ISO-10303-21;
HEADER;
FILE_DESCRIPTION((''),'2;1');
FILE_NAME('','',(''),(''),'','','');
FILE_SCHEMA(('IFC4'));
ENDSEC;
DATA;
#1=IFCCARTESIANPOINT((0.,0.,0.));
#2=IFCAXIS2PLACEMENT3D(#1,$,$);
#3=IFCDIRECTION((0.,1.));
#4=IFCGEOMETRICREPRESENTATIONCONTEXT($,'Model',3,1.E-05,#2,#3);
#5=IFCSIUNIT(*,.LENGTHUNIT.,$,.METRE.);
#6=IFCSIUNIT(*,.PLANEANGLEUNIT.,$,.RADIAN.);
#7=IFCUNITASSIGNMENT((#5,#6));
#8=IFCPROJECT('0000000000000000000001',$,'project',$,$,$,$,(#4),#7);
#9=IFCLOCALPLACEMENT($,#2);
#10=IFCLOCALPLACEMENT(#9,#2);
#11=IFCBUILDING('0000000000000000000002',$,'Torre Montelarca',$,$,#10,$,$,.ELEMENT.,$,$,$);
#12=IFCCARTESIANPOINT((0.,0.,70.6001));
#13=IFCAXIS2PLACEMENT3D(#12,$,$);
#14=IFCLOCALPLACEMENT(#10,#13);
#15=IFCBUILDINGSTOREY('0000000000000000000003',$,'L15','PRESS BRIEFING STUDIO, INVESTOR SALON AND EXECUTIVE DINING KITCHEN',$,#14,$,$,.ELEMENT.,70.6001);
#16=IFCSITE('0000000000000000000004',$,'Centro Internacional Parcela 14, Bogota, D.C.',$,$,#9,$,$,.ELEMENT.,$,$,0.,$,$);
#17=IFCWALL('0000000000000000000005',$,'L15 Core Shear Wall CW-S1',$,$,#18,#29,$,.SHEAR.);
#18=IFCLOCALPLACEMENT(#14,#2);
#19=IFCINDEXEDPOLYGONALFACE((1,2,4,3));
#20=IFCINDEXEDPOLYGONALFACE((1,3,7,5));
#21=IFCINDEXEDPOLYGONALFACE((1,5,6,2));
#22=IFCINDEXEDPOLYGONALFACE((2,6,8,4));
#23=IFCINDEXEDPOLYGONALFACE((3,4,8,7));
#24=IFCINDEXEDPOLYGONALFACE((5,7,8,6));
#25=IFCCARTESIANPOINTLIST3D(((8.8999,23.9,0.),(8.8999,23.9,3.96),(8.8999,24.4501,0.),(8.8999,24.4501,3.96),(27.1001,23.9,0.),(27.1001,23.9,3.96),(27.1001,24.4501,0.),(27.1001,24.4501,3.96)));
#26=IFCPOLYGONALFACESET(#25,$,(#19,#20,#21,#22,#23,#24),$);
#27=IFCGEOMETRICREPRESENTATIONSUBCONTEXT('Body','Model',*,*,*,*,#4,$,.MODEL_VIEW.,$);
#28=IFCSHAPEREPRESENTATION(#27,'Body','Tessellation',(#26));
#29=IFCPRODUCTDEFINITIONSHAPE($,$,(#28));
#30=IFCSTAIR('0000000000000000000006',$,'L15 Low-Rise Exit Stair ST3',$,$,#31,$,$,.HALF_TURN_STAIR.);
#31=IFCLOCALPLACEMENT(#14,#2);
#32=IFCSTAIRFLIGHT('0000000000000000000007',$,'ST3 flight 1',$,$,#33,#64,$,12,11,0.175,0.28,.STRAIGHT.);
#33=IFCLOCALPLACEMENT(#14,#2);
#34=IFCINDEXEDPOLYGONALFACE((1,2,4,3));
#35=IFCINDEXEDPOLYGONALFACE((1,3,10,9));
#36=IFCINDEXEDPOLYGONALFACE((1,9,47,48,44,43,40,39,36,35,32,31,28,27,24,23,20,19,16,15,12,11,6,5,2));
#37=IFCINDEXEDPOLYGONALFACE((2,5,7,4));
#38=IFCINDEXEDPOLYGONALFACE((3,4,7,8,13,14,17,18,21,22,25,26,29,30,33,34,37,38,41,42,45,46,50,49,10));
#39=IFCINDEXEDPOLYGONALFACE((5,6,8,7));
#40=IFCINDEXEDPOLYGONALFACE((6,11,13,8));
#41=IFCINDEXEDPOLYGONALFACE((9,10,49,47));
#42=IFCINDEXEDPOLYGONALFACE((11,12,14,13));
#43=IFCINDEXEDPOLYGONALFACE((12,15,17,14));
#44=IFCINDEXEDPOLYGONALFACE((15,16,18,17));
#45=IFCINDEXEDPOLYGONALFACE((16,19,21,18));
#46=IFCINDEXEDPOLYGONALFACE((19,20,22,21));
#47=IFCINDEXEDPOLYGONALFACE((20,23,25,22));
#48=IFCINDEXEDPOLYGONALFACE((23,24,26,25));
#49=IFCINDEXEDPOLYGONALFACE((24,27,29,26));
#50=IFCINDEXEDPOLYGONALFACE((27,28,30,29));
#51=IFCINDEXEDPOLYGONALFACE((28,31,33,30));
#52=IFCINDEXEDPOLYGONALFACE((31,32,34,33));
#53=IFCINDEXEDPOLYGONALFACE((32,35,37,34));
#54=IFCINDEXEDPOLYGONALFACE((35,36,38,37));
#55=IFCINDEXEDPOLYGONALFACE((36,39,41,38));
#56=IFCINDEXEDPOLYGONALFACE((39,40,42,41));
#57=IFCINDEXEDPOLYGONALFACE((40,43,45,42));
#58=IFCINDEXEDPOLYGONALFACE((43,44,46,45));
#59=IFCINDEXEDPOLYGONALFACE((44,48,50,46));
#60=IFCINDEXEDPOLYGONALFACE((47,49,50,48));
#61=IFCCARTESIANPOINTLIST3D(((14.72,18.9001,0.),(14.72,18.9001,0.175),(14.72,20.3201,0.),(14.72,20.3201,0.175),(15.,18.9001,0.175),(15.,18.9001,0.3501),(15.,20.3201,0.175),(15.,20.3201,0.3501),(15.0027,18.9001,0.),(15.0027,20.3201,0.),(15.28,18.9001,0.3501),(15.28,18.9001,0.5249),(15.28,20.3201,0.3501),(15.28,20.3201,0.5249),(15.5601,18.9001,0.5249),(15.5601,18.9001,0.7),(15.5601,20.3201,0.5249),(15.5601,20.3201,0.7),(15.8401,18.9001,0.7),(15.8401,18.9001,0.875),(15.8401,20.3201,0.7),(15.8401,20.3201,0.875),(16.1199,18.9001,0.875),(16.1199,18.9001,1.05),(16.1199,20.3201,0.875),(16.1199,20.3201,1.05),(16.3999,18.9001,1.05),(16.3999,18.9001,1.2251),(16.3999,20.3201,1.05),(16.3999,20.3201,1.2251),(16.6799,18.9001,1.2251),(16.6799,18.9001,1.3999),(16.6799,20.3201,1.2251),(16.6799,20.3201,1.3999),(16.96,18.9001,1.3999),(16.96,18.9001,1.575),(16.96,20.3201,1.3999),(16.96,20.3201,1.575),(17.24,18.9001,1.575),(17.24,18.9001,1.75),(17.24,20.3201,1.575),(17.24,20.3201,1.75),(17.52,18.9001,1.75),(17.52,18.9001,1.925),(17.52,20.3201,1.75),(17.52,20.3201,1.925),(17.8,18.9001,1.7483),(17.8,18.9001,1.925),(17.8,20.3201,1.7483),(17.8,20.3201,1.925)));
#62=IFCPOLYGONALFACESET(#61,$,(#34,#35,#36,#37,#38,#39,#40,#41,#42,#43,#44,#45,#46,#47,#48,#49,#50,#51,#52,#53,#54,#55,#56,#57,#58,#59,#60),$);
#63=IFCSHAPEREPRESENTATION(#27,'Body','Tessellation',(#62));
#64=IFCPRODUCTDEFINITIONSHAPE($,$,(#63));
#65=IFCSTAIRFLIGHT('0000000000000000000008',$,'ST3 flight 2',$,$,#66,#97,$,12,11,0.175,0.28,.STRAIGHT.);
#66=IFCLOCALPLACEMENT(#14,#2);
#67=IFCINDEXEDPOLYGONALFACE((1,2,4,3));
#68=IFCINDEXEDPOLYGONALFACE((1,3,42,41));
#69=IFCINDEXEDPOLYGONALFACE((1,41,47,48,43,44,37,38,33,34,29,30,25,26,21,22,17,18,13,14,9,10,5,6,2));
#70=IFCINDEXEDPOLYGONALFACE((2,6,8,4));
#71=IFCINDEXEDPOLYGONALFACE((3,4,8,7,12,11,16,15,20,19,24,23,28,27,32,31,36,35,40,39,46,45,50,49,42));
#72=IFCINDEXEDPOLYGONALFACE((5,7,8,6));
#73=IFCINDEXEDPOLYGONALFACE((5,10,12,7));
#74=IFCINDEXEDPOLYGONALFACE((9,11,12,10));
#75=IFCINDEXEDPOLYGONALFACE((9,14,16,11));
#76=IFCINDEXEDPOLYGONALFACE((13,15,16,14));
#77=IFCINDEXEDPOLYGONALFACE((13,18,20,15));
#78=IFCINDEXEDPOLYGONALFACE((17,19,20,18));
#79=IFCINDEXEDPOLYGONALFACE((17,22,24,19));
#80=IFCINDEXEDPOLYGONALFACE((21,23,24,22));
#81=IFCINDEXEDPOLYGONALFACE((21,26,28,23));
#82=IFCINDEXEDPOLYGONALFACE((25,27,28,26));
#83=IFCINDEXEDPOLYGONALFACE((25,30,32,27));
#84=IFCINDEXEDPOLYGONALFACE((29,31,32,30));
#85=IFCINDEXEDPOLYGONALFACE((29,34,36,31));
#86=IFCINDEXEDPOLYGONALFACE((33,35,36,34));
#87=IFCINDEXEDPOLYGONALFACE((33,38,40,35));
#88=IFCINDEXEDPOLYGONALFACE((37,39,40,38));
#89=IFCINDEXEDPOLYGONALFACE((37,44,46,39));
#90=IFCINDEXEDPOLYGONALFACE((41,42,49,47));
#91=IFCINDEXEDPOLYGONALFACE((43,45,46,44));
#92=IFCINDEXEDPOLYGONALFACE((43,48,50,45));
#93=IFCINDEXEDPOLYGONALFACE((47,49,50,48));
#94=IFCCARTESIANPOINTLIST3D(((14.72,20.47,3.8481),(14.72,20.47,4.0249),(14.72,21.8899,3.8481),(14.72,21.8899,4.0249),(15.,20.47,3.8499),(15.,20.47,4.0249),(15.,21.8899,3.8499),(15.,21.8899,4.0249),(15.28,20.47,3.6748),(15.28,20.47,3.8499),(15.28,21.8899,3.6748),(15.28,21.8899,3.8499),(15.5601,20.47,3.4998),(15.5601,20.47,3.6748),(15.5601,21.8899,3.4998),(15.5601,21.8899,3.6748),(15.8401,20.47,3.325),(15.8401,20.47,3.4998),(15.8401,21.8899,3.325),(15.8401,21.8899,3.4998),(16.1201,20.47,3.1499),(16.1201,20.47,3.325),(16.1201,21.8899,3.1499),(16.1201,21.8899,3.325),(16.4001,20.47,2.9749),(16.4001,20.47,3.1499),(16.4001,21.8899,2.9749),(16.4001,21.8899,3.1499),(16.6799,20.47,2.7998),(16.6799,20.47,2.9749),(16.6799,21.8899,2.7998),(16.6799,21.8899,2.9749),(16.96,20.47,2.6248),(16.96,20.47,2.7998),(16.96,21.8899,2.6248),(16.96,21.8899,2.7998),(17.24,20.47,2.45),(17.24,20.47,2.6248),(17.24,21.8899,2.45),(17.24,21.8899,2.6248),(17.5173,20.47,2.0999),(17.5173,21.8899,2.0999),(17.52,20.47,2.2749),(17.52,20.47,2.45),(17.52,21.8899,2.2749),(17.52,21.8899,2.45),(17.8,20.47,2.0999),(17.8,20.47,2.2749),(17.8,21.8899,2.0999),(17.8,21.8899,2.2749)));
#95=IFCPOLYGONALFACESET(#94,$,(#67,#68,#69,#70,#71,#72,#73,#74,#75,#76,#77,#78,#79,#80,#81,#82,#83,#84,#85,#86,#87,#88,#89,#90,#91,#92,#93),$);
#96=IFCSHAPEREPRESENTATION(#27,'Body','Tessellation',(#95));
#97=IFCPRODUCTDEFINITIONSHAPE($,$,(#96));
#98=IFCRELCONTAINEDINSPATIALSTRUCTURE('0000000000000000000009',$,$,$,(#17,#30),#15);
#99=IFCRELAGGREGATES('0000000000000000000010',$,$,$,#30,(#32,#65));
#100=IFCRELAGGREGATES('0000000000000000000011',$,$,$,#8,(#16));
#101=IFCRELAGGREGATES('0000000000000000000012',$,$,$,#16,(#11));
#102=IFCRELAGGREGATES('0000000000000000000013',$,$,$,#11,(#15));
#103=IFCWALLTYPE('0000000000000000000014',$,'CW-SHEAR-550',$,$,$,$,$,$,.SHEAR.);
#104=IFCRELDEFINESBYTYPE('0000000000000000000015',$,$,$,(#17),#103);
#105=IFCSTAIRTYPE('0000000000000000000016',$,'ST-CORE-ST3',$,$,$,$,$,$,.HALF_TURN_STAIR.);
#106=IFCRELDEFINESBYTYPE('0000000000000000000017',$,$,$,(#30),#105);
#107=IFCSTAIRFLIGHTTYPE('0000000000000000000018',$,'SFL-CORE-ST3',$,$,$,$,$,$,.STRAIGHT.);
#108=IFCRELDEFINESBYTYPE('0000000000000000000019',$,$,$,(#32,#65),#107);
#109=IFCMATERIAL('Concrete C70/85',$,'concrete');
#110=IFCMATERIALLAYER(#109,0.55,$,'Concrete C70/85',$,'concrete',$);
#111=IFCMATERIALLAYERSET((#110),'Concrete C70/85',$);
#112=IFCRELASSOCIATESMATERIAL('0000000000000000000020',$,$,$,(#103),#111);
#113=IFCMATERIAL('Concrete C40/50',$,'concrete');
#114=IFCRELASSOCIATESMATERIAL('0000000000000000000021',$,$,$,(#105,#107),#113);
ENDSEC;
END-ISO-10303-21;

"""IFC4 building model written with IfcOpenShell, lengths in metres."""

from ifc_helpers import new_model, si_unit, direction, frame, frame_2d, origin, place, context, subcontext, project, spatial, polyline, rectangle, outline, extrude, material, layer, layer_set, type_object, element, aggregate, save


model = new_model("IFC4")

# Units and contexts
model_context = context("Model", 3, precision=1e-05, world=origin(), true_north=direction((0.0, 1.0)))
body_context = subcontext(model_context, "Body", "Model", "MODEL_VIEW")
ifc_project = project(units=[si_unit("LENGTHUNIT", "METRE"), si_unit("PLANEANGLEUNIT", "RADIAN")], contexts=[model_context])

# Site, building, storey
site_placement = place(None, origin())
site = spatial("IfcSite", under=ifc_project, at=site_placement, Name="Centro Internacional Parcela 14, Bogota, D.C.", CompositionType="ELEMENT", RefElevation=0.0)
building_placement = place(site_placement, origin())
building = spatial("IfcBuilding", under=site, at=building_placement, Name="Torre Montelarca", CompositionType="ELEMENT")
storey_placement = place(building_placement, frame((0.0, 0.0, 70.6001)))
storey = spatial("IfcBuildingStorey", under=building, at=storey_placement, Name="L15", Description="PRESS BRIEFING STUDIO, INVESTOR SALON AND EXECUTIVE DINING KITCHEN", CompositionType="ELEMENT", Elevation=70.6001)

# Shared definitions
ifc_material_1 = material(Name="Concrete C70/85", Category="concrete")

# Shared definitions
ifc_material_2 = material(Name="Concrete C40/50", Category="concrete")

# Wall
ifc_layer_1 = layer(ifc_material_1, 0.55, Name="Concrete C70/85", Category="concrete")
ifc_layer_set_1 = layer_set([ifc_layer_1], Name="Concrete C70/85")
wall_type_1 = type_object("IfcWallType", Name="CW-SHEAR-550", PredefinedType="SHEAR", material=ifc_layer_set_1)
wall_1_placement = place(storey_placement, frame((8.8999, 24.175, 0.0), z_axis=(0.0, 0.0, 1.0), x_axis=(1.0, 0.0, 0.0)))
element("IfcWall", 1, at=wall_1_placement, inside=storey, type_object=wall_type_1, Name="L15 Core Shear Wall CW-S1", PredefinedType="SHEAR", context=body_context, shape_type="SweptSolid", body=[
    extrude(rectangle(XDim=18.2002, YDim=0.55, at=frame_2d((9.1001, 0.0))), origin(), (0.0, 0.0, 1.0), 3.96),
])

# Stair, stair flights
stair_type = type_object("IfcStairType", Name="ST-CORE-ST3", PredefinedType="HALF_TURN_STAIR", material=ifc_material_2)
stair_placement = place(storey_placement, origin())
stair = element("IfcStair", 2, at=stair_placement, inside=storey, type_object=stair_type, Name="L15 Low-Rise Exit Stair ST3", PredefinedType="HALF_TURN_STAIR")
stair_flight_type = type_object("IfcStairFlightType", Name="SFL-CORE-ST3", PredefinedType="STRAIGHT", material=ifc_material_2)
stair_flight_1_placement = place(storey_placement, frame((14.72, 19.6101, 0.0), z_axis=(0.0, 0.0, 1.0), x_axis=(1.0, 0.0, 0.0)))
stair_flight_1 = element("IfcStairFlight", 3, at=stair_flight_1_placement, type_object=stair_flight_type, Name="ST3 flight 1", NumberOfRisers=12, NumberOfTreads=11, PredefinedType="STRAIGHT", RiserHeight=0.175, TreadLength=0.28, context=body_context, shape_type="SweptSolid", body=[
    extrude(outline(polyline([(0.0, 0.0), (0.0, 0.175), (0.28, 0.175), (0.28, 0.3501), (0.5601, 0.3501), (0.5601, 0.5249), (0.8401, 0.5249), (0.8401, 0.7), (1.1201, 0.7), (1.1201, 0.875), (1.3999, 0.875), (1.3999, 1.05), (1.6799, 1.05), (1.6799, 1.2251), (1.96, 1.2251), (1.96, 1.3999), (2.24, 1.3999), (2.24, 1.575), (2.52, 1.575), (2.52, 1.75), (2.8, 1.75), (2.8, 1.925), (3.0801, 1.925), (3.0801, 2.1001), (3.0801, 1.7483), (0.2827, 0.0), (0.0, 0.0)])), frame((0.0, 0.71, 0.0), z_axis=(0.0, -1.0, 0.0), x_axis=(1.0, 0.0, 0.0)), (0.0, 0.0, 1.0), 1.4199),
])
stair_flight_2_placement = place(storey_placement, frame((17.8, 21.1799, 2.0999), z_axis=(0.0, 0.0, 1.0), x_axis=(-1.0, 0.0, 0.0)))
stair_flight_2 = element("IfcStairFlight", 4, at=stair_flight_2_placement, type_object=stair_flight_type, Name="ST3 flight 2", NumberOfRisers=12, NumberOfTreads=11, PredefinedType="STRAIGHT", RiserHeight=0.175, TreadLength=0.28, context=body_context, shape_type="SweptSolid", body=[
    extrude(outline(polyline([(0.0, 0.0), (0.0, 0.175), (0.28, 0.175), (0.28, 0.3501), (0.5601, 0.3501), (0.5601, 0.5249), (0.8401, 0.5249), (0.8401, 0.7), (1.1201, 0.7), (1.1201, 0.875), (1.3999, 0.875), (1.3999, 1.05), (1.6799, 1.05), (1.6799, 1.2251), (1.96, 1.2251), (1.96, 1.3999), (2.24, 1.3999), (2.24, 1.575), (2.52, 1.575), (2.52, 1.75), (2.8, 1.75), (2.8, 1.925), (3.0801, 1.925), (3.0801, 2.1001), (3.0801, 1.7483), (0.2827, 0.0), (0.0, 0.0)])), frame((0.0, 0.71, 0.0), z_axis=(0.0, -1.0, 0.0), x_axis=(1.0, 0.0, 0.0)), (0.0, 0.0, 1.0), 1.4199),
])
aggregate(stair, [stair_flight_1, stair_flight_2])

save(model, "model.ifc")
